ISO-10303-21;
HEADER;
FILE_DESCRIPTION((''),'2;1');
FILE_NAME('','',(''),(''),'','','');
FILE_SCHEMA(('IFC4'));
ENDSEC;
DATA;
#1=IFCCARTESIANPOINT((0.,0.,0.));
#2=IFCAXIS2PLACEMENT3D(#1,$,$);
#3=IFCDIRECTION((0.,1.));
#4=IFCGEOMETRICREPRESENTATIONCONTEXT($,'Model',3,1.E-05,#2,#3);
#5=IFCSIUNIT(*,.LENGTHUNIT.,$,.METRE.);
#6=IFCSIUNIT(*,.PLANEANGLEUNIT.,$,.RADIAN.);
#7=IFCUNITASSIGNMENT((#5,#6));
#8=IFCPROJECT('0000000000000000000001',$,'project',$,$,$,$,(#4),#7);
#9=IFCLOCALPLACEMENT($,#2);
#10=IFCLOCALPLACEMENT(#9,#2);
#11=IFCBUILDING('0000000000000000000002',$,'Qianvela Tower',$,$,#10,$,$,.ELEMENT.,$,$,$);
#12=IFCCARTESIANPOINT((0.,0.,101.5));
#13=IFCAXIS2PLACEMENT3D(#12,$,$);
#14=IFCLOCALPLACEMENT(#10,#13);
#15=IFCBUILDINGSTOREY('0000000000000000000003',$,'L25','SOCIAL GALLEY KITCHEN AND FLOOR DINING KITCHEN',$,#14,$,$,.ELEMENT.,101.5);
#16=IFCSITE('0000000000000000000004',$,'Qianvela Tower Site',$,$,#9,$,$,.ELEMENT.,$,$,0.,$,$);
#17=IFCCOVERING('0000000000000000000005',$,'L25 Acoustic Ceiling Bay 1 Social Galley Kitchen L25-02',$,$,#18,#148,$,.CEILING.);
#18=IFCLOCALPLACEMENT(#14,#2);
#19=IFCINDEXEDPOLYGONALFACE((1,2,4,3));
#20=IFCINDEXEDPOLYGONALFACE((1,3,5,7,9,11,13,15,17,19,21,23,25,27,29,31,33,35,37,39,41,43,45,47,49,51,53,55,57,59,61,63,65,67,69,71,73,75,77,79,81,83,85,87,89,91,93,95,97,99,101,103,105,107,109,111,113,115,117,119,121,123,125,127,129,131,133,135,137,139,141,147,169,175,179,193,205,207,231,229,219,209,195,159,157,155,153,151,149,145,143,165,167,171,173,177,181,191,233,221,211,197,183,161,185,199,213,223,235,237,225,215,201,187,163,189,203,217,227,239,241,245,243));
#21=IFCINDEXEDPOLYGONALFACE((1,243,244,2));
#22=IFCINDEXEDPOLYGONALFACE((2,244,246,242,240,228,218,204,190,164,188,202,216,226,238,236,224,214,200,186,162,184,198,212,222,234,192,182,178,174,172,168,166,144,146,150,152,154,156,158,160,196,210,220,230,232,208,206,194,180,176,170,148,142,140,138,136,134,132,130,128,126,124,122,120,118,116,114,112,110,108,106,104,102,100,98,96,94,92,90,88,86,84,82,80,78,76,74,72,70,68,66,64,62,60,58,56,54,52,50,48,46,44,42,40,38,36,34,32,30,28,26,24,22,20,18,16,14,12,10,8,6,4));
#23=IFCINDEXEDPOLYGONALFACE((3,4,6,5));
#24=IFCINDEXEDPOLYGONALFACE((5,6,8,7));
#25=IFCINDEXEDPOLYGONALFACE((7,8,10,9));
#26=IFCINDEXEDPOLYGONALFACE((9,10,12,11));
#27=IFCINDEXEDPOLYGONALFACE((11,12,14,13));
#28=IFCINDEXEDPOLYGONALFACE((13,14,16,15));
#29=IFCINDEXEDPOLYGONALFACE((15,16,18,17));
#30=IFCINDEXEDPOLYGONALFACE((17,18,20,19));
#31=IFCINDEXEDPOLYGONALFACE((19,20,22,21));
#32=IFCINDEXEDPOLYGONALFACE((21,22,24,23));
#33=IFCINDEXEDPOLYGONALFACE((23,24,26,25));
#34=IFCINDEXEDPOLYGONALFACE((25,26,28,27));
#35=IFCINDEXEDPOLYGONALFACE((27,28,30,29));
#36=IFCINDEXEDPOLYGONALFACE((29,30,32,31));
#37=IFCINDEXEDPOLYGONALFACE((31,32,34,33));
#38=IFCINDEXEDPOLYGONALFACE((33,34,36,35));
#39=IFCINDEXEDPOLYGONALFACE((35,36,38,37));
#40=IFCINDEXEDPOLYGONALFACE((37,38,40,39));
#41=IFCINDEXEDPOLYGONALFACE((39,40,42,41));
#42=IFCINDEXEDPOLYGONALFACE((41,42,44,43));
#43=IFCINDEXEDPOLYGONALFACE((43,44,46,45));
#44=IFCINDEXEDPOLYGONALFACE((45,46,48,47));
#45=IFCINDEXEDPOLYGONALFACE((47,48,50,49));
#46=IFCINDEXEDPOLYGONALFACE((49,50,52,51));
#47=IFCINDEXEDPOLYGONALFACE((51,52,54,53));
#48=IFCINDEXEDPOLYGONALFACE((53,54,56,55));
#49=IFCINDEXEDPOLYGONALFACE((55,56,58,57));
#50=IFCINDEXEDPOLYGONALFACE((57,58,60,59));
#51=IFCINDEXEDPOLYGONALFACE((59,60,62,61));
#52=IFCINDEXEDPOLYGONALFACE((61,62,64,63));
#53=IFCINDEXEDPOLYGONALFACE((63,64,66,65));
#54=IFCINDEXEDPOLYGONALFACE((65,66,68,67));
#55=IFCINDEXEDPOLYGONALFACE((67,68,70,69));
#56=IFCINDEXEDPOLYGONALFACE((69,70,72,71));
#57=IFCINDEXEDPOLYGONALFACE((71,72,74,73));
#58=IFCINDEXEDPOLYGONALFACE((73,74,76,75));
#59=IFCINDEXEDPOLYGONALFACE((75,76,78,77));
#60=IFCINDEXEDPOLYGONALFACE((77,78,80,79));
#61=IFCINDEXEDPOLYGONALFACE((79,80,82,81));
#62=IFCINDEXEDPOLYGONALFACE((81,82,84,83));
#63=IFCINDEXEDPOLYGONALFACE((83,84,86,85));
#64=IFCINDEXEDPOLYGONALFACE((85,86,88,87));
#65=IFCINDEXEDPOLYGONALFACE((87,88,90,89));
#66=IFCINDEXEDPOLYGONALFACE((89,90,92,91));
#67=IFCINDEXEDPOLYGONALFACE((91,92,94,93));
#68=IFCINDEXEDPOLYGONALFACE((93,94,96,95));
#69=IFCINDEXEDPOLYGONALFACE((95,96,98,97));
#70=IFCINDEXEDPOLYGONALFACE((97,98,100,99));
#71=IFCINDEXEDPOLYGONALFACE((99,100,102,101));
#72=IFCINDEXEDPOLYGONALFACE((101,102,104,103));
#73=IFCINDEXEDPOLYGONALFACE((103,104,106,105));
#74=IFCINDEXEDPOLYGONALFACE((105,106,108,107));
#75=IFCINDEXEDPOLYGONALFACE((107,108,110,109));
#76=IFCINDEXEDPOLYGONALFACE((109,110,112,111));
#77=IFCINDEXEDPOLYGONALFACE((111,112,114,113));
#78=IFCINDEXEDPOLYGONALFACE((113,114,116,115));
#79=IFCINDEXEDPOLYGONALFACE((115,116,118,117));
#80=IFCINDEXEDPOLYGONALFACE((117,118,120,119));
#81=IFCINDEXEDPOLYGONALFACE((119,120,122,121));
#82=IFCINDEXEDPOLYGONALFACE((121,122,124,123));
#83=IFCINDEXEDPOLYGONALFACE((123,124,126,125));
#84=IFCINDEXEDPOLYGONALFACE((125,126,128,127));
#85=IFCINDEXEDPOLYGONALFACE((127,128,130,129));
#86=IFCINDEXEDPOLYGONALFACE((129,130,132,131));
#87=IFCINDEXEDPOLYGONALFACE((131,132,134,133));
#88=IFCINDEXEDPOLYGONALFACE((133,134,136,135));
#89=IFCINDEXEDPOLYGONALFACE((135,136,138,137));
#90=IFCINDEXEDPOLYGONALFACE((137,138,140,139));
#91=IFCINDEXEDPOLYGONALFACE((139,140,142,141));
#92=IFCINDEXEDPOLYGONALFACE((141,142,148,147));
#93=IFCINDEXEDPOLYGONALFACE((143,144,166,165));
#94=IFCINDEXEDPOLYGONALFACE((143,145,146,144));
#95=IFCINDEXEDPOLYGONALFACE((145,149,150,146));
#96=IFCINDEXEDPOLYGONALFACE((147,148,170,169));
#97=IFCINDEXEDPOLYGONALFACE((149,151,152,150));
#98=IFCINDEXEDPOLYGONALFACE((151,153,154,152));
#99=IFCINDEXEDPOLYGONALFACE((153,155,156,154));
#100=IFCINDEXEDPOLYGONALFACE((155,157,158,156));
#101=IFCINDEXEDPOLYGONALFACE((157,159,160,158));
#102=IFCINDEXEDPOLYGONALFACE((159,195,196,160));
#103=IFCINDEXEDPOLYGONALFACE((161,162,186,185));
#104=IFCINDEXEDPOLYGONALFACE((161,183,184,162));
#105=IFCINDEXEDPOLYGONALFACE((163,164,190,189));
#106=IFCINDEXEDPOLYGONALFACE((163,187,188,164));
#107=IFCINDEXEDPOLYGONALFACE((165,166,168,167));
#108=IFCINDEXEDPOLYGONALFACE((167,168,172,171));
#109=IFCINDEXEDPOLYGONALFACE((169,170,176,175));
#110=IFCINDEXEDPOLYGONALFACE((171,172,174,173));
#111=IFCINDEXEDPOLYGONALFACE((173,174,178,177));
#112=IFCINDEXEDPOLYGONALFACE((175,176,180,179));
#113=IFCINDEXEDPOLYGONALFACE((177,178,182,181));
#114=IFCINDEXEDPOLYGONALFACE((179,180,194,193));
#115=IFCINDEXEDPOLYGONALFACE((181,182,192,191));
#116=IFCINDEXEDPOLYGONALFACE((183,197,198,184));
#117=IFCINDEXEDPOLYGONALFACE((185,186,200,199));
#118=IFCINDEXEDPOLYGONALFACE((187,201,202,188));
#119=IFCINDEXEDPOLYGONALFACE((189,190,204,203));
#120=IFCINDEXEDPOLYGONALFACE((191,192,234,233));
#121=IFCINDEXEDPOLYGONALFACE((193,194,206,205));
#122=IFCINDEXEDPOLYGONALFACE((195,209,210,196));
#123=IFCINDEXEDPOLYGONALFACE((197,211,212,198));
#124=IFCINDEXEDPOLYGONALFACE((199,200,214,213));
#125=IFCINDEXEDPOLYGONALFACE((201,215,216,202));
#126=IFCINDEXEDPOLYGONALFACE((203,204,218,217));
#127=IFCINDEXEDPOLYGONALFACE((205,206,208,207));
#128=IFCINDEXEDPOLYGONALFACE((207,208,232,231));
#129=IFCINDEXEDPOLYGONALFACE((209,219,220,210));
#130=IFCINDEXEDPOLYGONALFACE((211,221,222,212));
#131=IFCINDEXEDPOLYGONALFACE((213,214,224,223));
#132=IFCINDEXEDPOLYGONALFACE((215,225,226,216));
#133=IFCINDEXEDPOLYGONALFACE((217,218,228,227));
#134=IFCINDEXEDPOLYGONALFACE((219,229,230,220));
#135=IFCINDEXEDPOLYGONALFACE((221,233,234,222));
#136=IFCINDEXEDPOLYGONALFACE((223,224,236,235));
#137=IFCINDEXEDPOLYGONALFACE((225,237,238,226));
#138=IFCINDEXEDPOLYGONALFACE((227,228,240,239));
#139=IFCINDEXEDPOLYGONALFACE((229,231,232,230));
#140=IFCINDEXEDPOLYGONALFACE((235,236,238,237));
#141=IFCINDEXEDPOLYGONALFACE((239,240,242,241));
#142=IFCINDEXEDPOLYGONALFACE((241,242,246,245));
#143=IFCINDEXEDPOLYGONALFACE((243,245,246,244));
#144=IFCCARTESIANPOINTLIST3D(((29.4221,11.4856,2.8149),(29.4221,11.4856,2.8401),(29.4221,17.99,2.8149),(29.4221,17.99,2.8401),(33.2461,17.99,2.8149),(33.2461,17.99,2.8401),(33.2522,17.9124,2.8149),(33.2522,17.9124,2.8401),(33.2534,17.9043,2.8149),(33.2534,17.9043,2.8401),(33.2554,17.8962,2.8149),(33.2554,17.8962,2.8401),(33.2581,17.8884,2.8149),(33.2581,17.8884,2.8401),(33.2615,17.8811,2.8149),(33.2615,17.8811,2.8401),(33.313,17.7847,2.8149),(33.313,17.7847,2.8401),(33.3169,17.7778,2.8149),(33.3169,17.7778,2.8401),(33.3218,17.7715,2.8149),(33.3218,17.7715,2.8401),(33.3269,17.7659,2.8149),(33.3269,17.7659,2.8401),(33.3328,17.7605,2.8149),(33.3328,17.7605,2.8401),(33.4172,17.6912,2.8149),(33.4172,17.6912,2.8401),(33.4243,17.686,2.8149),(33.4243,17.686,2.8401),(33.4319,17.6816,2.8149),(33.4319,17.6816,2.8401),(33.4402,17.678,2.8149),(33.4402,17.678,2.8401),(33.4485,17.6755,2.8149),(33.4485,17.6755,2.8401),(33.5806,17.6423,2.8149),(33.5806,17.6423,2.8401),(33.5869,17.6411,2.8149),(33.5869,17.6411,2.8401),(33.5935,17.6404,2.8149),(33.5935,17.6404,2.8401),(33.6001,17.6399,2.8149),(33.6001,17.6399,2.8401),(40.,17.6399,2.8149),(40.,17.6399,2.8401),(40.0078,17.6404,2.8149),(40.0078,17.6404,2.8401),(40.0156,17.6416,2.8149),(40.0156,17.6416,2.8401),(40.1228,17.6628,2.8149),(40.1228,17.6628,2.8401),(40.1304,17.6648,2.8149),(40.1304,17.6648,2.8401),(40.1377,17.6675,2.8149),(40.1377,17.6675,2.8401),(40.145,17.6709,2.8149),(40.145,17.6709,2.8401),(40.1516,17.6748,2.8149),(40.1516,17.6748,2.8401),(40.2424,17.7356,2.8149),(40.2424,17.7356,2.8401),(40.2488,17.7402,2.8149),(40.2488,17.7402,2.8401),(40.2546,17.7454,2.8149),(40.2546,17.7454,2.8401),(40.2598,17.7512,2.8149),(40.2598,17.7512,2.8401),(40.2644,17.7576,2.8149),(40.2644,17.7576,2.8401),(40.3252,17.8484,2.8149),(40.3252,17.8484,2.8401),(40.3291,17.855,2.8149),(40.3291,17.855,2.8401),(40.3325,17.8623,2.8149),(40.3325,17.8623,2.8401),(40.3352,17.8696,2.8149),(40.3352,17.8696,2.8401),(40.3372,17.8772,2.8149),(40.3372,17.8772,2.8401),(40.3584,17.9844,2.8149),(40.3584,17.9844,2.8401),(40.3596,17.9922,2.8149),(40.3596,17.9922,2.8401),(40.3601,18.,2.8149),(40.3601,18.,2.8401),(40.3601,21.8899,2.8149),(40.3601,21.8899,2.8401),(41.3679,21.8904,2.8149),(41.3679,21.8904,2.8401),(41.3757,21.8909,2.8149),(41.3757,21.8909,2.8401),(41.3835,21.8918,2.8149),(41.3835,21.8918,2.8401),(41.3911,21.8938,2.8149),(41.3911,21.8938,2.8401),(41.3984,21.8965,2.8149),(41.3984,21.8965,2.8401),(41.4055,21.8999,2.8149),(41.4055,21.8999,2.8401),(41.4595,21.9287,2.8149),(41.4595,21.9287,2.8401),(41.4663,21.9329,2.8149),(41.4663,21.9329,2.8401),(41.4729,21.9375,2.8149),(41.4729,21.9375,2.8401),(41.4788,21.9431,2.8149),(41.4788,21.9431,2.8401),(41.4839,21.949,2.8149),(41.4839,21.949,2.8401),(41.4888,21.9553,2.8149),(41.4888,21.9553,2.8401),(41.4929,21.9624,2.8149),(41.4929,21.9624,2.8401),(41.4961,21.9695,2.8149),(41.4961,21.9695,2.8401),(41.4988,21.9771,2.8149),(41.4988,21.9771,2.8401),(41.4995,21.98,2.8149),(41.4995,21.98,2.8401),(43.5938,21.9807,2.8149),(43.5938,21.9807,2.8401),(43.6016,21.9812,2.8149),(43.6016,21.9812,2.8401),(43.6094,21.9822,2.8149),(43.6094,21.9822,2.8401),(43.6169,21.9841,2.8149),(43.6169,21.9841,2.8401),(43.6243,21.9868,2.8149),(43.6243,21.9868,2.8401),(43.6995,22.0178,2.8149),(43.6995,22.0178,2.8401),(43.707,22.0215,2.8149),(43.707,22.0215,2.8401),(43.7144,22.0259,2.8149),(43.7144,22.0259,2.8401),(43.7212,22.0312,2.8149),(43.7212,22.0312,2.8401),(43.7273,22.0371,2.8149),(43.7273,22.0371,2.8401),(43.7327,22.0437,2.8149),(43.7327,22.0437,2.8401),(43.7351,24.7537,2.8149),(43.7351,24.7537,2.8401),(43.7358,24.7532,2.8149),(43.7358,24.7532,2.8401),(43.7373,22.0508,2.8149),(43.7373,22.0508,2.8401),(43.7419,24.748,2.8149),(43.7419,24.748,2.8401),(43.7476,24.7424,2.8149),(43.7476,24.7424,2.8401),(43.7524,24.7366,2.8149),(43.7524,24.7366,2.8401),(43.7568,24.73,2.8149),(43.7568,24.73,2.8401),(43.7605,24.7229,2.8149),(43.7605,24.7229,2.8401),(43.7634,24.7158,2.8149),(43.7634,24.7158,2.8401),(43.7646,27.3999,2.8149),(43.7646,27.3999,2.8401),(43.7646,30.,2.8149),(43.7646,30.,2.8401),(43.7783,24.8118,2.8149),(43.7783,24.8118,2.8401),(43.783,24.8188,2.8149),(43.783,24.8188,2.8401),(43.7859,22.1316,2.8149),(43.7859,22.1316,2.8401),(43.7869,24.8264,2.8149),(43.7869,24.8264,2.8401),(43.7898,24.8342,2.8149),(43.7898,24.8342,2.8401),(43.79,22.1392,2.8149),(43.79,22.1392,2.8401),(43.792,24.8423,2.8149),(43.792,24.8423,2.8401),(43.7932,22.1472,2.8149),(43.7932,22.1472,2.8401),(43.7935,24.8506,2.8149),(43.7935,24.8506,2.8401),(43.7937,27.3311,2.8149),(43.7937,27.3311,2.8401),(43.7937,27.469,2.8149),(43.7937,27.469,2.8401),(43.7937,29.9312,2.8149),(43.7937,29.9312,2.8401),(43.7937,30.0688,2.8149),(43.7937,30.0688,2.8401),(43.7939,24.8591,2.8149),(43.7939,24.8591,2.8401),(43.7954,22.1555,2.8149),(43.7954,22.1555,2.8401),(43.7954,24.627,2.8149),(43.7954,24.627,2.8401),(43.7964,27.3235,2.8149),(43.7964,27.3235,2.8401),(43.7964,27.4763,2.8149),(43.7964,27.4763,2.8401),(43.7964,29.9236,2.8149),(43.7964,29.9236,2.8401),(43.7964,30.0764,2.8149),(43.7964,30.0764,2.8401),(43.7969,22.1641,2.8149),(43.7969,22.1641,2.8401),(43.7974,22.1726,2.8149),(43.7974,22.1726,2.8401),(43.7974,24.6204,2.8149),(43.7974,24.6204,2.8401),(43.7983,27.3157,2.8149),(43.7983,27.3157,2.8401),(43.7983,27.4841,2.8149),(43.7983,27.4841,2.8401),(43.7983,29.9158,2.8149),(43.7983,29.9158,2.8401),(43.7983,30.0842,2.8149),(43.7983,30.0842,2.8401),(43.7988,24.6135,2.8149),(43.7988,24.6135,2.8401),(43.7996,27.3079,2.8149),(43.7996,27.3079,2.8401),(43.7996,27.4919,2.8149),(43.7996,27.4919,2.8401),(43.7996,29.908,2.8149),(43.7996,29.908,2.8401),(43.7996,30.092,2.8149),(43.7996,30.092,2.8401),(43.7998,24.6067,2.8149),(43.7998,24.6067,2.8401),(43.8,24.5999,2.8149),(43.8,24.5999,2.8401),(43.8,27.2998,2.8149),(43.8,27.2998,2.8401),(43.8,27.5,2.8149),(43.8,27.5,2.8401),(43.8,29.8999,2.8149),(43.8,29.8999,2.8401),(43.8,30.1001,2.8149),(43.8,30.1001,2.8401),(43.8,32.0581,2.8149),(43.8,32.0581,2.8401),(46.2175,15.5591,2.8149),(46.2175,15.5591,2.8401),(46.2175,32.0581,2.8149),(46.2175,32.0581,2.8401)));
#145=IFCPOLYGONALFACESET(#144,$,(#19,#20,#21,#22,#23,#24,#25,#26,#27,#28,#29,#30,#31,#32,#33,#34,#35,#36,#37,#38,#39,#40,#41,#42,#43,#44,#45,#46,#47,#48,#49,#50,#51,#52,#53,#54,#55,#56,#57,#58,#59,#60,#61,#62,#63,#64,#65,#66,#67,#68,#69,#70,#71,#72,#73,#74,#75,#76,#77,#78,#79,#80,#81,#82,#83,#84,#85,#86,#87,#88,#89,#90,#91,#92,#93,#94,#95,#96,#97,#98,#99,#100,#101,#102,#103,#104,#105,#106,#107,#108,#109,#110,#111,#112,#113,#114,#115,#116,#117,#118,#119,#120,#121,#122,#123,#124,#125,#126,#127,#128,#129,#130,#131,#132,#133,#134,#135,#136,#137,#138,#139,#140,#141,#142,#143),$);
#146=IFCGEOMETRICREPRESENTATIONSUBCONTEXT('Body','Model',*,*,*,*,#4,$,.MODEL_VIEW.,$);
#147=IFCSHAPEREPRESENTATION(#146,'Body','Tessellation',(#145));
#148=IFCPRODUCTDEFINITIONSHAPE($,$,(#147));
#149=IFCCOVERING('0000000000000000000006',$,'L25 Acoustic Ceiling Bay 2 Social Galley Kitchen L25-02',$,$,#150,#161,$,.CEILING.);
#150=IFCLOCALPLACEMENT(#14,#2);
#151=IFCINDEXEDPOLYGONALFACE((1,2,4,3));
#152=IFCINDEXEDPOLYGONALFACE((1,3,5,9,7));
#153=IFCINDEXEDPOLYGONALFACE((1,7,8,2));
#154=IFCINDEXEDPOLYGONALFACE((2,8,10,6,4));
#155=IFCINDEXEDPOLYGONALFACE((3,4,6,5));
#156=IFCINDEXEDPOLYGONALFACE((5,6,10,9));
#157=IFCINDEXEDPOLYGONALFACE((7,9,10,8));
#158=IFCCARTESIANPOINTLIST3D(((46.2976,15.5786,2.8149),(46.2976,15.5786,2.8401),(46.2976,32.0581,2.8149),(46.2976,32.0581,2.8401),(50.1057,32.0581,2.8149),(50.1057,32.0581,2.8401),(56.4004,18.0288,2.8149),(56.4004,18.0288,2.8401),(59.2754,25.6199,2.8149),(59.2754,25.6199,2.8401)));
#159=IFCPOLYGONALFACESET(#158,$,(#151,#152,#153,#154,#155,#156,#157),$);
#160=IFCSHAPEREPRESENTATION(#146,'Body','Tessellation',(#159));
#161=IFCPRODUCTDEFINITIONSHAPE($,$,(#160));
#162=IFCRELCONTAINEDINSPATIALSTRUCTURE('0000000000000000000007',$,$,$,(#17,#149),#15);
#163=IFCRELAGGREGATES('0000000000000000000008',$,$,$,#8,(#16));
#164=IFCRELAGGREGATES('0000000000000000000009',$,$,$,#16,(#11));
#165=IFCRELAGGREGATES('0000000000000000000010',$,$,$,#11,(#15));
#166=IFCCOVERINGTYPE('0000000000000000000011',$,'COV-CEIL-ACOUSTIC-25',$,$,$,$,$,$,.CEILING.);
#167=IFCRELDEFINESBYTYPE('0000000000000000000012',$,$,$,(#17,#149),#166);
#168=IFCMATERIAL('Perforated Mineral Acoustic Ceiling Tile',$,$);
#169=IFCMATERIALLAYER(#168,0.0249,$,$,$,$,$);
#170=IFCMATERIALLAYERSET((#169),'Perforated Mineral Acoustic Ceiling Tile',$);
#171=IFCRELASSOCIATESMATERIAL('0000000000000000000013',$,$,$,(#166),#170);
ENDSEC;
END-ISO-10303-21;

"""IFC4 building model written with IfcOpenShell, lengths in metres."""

from ifc_helpers import new_model, si_unit, direction, frame, origin, place, context, subcontext, project, spatial, polyline, outline, extrude, material, layer, layer_set, type_object, element, save


model = new_model("IFC4")

# Units and contexts
model_context = context("Model", 3, precision=1e-05, world=origin(), true_north=direction((0.0, 1.0)))
body_context = subcontext(model_context, "Body", "Model", "MODEL_VIEW")
ifc_project = project(units=[si_unit("LENGTHUNIT", "METRE"), si_unit("PLANEANGLEUNIT", "RADIAN")], contexts=[model_context])

# Site, building, storey
site_placement = place(None, origin())
site = spatial("IfcSite", under=ifc_project, at=site_placement, Name="Qianvela Tower Site", CompositionType="ELEMENT", RefElevation=0.0)
building_placement = place(site_placement, origin())
building = spatial("IfcBuilding", under=site, at=building_placement, Name="Qianvela Tower", CompositionType="ELEMENT")
storey_placement = place(building_placement, frame((0.0, 0.0, 101.5)))
storey = spatial("IfcBuildingStorey", under=building, at=storey_placement, Name="L25", Description="SOCIAL GALLEY KITCHEN AND FLOOR DINING KITCHEN", CompositionType="ELEMENT", Elevation=101.5)

# Coverings
ifc_material_1 = material(Name="Perforated Mineral Acoustic Ceiling Tile")
ifc_layer_1 = layer(ifc_material_1, 0.0249)
ifc_layer_set_1 = layer_set([ifc_layer_1], Name="Perforated Mineral Acoustic Ceiling Tile")
covering_type_1 = type_object("IfcCoveringType", Name="COV-CEIL-ACOUSTIC-25", PredefinedType="CEILING", material=ifc_layer_set_1)
covering_1_placement = place(storey_placement, frame((0.0, 0.0, 2.8149)))
element("IfcCovering", 1, at=covering_1_placement, inside=storey, type_object=covering_type_1, Name="L25 Acoustic Ceiling Bay 1 Social Galley Kitchen L25-02", PredefinedType="CEILING", context=body_context, shape_type="SweptSolid", body=[
    extrude(outline(polyline([(33.2522, 17.9124), (33.2534, 17.9043), (33.2554, 17.8962), (33.2581, 17.8884), (33.2615, 17.8811), (33.313, 17.7847), (33.3169, 17.7778), (33.3218, 17.7715), (33.3269, 17.7659), (33.3328, 17.7605), (33.4172, 17.6912), (33.4243, 17.686), (33.4319, 17.6816), (33.4402, 17.678), (33.4485, 17.6755), (33.5806, 17.6423), (33.5869, 17.6411), (33.5935, 17.6404), (33.6001, 17.6399), (40.0, 17.6399), (40.0078, 17.6404), (40.0156, 17.6416), (40.1228, 17.6628), (40.1304, 17.6648), (40.1377, 17.6675), (40.145, 17.6709), (40.1516, 17.6748), (40.2424, 17.7356), (40.2488, 17.7402), (40.2546, 17.7454), (40.2598, 17.7512), (40.2644, 17.7576), (40.3252, 17.8484), (40.3291, 17.855), (40.3325, 17.8623), (40.3352, 17.8696), (40.3372, 17.8772), (40.3584, 17.9844), (40.3596, 17.9922), (40.3601, 18.0), (40.3601, 21.8899), (41.3679, 21.8904), (41.3757, 21.8909), (41.3835, 21.8918), (41.3911, 21.8938), (41.3984, 21.8965), (41.4055, 21.8999), (41.4595, 21.9287), (41.4663, 21.9329), (41.4729, 21.9375), (41.4788, 21.9431), (41.4839, 21.949), (41.4888, 21.9553), (41.4929, 21.9624), (41.4961, 21.9695), (41.4988, 21.9771), (41.4995, 21.98), (43.5938, 21.9807), (43.6016, 21.9812), (43.6094, 21.9822), (43.6169, 21.9841), (43.6243, 21.9868), (43.6995, 22.0178), (43.707, 22.0215), (43.7144, 22.0259), (43.7212, 22.0312), (43.7273, 22.0371), (43.7327, 22.0437), (43.7373, 22.0508), (43.7859, 22.1316), (43.79, 22.1392), (43.7932, 22.1472), (43.7954, 22.1555), (43.7969, 22.1641), (43.7974, 22.1726), (43.8, 24.5999), (43.7998, 24.6067), (43.7988, 24.6135), (43.7974, 24.6204), (43.7954, 24.627), (43.7634, 24.7158), (43.7605, 24.7229), (43.7568, 24.73), (43.7524, 24.7366), (43.7476, 24.7424), (43.7419, 24.748), (43.7358, 24.7532), (43.7351, 24.7537), (43.7783, 24.8118), (43.783, 24.8188), (43.7869, 24.8264), (43.7898, 24.8342), (43.792, 24.8423), (43.7935, 24.8506), (43.7939, 24.8591), (43.8, 27.2998), (43.7996, 27.3079), (43.7983, 27.3157), (43.7964, 27.3235), (43.7937, 27.3311), (43.7646, 27.3999), (43.7937, 27.469), (43.7964, 27.4763), (43.7983, 27.4841), (43.7996, 27.4919), (43.8, 27.5), (43.8, 29.8999), (43.7996, 29.908), (43.7983, 29.9158), (43.7964, 29.9236), (43.7937, 29.9312), (43.7646, 30.0), (43.7937, 30.0688), (43.7964, 30.0764), (43.7983, 30.0842), (43.7996, 30.092), (43.8, 30.1001), (43.8, 32.0581), (46.2175, 32.0581), (46.2175, 15.5591), (29.4221, 11.4856), (29.4221, 17.99), (33.2461, 17.99), (33.2522, 17.9124)])), origin(), (0.0, 0.0, 1.0), 0.0251),
])
covering_2_placement = place(storey_placement, frame((0.0, 0.0, 2.8149)))
element("IfcCovering", 2, at=covering_2_placement, inside=storey, type_object=covering_type_1, Name="L25 Acoustic Ceiling Bay 2 Social Galley Kitchen L25-02", PredefinedType="CEILING", context=body_context, shape_type="SweptSolid", body=[
    extrude(outline(polyline([(50.1057, 32.0581), (59.2754, 25.6199), (56.4004, 18.0288), (46.2976, 15.5786), (46.2976, 32.0581), (50.1057, 32.0581)])), origin(), (0.0, 0.0, 1.0), 0.0251),
])

save(model, "model.ifc")
